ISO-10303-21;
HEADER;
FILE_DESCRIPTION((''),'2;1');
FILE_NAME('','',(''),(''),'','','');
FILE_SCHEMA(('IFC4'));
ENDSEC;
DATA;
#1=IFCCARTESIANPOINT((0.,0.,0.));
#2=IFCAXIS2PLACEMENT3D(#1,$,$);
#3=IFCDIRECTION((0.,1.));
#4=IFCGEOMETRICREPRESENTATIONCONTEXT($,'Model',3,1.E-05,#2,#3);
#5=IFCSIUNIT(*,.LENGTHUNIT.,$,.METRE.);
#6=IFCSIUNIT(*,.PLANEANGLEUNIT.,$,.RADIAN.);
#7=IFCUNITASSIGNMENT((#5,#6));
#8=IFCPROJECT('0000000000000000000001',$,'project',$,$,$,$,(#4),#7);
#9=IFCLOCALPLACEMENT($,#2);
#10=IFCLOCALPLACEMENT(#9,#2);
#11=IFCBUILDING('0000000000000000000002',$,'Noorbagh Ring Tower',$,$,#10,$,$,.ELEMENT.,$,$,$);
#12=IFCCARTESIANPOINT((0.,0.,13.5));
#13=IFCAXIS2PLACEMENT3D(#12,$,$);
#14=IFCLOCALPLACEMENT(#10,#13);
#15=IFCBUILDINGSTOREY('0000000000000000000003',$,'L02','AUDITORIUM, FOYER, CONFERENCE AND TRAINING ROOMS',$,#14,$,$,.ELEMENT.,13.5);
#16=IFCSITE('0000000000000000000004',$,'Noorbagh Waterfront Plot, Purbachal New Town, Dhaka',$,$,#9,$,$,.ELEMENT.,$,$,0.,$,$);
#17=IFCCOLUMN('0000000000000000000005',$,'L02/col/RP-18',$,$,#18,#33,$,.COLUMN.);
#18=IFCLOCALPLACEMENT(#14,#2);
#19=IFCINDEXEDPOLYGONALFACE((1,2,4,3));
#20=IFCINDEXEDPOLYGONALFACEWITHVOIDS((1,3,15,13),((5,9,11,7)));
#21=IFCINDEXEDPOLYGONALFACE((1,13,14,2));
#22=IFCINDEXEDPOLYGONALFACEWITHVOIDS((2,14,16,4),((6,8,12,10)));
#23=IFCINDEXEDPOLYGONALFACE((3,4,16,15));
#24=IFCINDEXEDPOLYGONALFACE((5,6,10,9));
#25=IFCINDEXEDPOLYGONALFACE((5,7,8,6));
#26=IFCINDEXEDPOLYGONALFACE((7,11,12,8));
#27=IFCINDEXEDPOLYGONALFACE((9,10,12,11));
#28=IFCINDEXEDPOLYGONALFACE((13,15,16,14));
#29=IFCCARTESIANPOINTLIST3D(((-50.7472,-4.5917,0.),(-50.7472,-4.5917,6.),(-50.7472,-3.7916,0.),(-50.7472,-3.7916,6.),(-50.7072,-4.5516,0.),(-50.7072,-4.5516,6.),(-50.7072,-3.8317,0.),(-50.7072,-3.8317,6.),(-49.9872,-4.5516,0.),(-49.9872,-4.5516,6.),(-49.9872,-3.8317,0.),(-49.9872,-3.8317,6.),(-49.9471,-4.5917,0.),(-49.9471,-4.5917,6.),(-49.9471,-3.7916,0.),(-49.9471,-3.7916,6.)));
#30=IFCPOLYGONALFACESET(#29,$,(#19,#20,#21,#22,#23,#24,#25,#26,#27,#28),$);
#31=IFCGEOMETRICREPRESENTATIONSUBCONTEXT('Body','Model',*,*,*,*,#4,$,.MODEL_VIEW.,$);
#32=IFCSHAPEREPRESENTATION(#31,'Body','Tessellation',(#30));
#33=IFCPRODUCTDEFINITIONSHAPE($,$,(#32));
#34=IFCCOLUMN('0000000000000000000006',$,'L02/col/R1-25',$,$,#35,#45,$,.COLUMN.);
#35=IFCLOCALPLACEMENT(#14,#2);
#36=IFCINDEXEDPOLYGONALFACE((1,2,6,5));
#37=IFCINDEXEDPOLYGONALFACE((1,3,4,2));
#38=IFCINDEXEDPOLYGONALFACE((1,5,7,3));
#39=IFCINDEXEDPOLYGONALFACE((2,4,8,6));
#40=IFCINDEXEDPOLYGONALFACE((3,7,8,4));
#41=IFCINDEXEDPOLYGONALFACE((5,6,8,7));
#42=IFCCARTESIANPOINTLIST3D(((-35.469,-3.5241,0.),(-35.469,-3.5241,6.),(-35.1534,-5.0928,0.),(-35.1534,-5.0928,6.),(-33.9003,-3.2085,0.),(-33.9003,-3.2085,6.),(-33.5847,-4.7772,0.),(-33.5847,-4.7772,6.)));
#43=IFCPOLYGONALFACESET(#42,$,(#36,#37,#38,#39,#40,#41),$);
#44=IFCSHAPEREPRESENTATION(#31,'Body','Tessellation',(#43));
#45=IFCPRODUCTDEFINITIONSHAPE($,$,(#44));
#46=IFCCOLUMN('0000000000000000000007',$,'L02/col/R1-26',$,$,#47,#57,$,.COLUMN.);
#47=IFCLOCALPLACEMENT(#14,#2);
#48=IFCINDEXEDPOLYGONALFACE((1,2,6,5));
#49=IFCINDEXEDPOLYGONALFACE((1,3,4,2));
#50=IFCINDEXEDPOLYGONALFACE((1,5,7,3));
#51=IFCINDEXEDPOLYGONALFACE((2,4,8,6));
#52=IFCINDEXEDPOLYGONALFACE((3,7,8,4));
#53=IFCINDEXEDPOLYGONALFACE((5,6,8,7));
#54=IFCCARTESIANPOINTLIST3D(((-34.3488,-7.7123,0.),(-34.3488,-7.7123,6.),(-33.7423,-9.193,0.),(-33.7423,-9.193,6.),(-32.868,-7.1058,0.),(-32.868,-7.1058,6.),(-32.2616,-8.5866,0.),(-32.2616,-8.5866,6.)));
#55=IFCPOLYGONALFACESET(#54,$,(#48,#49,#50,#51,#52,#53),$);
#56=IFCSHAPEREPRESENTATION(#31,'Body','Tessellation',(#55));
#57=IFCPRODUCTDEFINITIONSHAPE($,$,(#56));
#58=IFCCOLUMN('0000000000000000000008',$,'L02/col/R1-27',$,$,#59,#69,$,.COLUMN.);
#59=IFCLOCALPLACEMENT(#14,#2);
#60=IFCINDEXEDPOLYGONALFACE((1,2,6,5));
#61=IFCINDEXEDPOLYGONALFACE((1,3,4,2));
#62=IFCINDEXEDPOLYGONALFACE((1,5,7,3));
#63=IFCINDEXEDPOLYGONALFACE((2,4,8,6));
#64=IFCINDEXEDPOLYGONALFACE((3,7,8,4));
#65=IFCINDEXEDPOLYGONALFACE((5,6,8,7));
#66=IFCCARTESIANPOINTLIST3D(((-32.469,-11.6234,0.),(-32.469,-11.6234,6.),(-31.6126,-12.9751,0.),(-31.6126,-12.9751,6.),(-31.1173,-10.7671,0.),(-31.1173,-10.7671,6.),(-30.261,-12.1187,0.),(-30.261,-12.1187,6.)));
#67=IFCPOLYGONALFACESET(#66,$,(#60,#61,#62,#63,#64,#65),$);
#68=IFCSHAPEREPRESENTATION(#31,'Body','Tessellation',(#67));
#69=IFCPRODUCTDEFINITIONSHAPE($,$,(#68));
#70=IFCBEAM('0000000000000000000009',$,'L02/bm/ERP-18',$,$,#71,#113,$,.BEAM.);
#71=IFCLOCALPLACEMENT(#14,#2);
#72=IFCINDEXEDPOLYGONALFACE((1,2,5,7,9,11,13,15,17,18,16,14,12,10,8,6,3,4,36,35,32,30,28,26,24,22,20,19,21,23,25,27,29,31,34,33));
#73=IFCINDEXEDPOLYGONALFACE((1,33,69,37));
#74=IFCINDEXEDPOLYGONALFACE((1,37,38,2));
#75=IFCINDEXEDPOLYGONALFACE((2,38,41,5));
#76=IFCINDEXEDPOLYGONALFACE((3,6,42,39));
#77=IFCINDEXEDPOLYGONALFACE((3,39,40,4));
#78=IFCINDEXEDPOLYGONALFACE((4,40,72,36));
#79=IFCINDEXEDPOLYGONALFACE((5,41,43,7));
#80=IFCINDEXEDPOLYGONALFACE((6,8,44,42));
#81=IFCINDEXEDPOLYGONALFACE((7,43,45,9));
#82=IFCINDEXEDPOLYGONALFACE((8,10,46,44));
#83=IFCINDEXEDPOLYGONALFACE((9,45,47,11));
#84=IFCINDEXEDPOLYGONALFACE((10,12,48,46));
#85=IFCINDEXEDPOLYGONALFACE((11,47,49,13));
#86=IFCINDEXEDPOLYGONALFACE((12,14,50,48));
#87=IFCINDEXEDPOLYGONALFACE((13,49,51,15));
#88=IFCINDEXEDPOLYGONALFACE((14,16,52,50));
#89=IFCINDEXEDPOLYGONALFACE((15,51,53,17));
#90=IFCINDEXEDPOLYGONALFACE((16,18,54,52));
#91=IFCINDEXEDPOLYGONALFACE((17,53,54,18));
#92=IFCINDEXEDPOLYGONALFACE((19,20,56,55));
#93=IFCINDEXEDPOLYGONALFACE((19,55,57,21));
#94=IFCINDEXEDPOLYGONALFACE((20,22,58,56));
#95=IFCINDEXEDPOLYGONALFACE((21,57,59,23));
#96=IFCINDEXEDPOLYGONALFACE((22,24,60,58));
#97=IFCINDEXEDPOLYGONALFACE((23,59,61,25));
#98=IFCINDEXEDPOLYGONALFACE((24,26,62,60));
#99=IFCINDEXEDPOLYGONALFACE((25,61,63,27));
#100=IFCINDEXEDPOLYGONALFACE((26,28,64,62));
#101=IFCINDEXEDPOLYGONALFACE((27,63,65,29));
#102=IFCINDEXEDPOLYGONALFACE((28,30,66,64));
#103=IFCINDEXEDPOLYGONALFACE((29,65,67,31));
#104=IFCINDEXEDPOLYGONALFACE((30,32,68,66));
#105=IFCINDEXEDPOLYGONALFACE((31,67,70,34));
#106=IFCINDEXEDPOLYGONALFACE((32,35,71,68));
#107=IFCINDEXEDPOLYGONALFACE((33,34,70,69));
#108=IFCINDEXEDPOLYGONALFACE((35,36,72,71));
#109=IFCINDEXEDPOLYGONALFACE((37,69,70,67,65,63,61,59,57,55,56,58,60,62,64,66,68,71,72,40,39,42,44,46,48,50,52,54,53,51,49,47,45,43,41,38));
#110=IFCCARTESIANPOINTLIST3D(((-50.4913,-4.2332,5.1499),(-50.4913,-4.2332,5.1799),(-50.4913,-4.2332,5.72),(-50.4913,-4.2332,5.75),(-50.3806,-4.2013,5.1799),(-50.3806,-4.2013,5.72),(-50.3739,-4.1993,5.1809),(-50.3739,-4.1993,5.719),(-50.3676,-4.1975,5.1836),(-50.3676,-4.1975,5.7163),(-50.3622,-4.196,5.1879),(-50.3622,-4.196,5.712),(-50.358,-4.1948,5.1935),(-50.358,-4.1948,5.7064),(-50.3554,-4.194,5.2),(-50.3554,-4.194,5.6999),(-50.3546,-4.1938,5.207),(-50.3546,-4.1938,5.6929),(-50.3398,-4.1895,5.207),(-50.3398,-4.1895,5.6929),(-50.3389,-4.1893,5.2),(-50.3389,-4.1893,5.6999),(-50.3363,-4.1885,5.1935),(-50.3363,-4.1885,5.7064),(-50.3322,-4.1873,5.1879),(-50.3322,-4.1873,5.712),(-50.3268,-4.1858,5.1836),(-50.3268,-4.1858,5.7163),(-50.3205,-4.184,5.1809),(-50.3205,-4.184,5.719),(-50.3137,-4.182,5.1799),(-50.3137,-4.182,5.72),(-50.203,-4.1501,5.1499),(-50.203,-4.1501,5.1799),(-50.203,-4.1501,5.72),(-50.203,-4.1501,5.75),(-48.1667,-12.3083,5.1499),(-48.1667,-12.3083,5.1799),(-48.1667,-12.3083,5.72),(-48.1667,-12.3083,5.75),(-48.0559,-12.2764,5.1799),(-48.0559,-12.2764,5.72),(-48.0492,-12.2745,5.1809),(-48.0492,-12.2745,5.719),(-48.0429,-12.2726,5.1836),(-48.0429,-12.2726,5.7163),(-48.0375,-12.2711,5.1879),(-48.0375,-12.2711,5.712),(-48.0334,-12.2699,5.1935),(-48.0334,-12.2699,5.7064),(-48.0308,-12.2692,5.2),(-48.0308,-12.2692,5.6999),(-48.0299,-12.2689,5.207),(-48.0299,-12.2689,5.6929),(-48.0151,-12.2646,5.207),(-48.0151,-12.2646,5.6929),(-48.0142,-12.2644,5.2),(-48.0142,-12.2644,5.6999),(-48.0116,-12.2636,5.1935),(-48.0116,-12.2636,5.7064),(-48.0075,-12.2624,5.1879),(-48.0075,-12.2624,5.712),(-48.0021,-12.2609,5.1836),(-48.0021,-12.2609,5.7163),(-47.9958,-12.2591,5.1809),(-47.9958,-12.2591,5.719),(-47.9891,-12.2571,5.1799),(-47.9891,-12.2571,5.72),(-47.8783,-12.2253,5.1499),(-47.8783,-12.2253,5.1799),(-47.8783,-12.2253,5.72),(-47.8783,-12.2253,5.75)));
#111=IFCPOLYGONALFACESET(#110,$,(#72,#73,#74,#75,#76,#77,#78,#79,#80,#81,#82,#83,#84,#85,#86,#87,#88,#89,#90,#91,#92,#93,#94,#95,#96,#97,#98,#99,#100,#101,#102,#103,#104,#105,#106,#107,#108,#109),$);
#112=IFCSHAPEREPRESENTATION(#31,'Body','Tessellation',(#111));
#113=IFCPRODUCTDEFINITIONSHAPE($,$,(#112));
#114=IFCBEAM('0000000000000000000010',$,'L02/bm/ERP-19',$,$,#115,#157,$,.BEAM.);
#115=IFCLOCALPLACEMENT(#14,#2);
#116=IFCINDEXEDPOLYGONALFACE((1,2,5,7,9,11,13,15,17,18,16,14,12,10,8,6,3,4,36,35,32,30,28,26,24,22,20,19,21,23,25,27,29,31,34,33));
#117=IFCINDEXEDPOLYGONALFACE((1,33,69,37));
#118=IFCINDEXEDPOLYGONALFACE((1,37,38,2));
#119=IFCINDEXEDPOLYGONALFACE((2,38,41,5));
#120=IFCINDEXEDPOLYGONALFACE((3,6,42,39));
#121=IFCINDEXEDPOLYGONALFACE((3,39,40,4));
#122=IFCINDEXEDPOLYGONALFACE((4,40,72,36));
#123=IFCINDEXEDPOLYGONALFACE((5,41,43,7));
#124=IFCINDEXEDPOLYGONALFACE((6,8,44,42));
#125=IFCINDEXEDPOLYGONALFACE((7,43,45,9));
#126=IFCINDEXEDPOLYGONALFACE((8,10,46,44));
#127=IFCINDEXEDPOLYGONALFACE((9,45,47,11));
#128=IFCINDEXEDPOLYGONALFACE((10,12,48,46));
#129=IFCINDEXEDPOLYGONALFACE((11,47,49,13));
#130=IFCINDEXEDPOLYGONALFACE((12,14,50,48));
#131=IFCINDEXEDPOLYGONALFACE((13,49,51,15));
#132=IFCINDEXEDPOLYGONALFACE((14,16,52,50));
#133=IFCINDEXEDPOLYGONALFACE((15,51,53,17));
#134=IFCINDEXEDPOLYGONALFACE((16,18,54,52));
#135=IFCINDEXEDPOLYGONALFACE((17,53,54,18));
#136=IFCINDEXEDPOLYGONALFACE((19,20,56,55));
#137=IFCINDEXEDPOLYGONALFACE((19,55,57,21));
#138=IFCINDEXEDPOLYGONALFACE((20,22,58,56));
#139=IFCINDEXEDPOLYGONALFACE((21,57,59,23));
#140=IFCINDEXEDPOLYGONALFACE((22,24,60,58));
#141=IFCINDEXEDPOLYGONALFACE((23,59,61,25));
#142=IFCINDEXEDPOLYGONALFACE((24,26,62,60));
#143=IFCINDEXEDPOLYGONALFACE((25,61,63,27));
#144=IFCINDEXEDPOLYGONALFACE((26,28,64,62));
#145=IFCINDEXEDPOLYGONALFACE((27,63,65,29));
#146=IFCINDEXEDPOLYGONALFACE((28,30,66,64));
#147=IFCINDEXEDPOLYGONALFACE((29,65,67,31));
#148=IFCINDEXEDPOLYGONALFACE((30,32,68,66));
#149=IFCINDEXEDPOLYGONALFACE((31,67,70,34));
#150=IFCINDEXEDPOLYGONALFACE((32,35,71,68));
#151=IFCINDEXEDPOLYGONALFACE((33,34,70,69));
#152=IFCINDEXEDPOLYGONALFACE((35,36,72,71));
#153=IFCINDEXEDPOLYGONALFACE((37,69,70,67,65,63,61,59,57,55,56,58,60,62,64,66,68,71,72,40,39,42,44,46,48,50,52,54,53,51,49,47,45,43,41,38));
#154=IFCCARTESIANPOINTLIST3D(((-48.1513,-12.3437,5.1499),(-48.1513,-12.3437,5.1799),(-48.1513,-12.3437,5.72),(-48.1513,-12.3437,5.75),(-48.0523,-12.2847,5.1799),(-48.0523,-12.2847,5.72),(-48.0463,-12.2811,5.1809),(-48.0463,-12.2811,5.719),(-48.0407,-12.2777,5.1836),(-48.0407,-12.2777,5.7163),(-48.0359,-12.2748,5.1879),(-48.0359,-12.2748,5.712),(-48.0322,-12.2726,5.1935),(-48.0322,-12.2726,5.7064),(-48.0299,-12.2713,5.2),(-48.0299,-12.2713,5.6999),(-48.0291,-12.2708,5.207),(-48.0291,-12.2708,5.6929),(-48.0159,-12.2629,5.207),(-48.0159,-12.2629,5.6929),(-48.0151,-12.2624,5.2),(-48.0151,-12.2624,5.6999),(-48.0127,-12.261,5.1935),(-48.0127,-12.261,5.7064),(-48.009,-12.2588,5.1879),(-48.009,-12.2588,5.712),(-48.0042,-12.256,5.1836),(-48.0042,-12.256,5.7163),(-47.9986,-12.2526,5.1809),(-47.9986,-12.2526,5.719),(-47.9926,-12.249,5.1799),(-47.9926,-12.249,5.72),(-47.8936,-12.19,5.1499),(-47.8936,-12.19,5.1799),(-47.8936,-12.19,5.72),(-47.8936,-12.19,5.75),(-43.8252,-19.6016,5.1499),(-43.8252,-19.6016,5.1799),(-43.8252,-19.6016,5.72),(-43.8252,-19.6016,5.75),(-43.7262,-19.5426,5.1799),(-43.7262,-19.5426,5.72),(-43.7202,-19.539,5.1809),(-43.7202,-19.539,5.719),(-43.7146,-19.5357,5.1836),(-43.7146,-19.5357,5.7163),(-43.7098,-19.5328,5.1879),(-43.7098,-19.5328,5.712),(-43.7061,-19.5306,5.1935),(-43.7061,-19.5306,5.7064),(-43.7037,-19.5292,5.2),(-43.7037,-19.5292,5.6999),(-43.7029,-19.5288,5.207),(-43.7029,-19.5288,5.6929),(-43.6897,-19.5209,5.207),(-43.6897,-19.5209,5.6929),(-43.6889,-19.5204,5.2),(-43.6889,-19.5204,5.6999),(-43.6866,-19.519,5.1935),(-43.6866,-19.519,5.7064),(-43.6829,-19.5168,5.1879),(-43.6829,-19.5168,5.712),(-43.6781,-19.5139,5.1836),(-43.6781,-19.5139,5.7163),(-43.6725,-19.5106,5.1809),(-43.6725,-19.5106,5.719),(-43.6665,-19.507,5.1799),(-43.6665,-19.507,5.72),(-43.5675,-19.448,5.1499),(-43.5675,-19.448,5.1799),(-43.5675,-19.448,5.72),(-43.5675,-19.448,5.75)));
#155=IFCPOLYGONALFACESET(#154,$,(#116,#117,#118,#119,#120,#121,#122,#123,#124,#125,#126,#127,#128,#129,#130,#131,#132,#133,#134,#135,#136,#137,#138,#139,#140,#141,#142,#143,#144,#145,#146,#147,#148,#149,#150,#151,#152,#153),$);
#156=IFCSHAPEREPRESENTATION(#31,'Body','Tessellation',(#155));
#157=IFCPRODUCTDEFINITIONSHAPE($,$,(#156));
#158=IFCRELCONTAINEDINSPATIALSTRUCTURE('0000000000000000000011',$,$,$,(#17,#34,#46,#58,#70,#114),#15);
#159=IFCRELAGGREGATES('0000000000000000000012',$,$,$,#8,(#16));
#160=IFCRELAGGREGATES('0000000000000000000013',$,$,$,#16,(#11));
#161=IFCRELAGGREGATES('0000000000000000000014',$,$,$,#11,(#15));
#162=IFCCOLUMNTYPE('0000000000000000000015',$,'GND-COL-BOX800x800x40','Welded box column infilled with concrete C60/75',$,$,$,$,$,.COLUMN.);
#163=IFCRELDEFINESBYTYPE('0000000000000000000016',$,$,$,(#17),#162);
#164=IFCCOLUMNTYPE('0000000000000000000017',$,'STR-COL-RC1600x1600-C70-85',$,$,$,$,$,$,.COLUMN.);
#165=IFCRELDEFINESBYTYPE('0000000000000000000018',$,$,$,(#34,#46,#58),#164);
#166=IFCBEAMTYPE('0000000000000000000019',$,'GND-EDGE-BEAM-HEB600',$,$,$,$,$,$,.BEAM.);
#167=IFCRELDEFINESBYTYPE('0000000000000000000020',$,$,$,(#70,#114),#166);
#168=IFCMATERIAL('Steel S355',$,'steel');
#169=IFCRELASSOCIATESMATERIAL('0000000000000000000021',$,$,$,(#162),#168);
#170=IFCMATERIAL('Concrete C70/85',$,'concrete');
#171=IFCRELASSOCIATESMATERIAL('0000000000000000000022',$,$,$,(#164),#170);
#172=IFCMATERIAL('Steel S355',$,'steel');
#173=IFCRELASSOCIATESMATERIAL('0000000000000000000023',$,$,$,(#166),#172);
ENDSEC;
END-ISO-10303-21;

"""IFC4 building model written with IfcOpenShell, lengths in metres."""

from ifc_helpers import new_model, si_unit, direction, frame, origin, origin_2d, place, context, subcontext, project, spatial, rectangle, hollow_rectangle, i_section, extrude, material, material_profile, profile_set, type_object, element, save


model = new_model("IFC4")

# Units and contexts
model_context = context("Model", 3, precision=1e-05, world=origin(), true_north=direction((0.0, 1.0)))
body_context = subcontext(model_context, "Body", "Model", "MODEL_VIEW")
ifc_project = project(units=[si_unit("LENGTHUNIT", "METRE"), si_unit("PLANEANGLEUNIT", "RADIAN")], contexts=[model_context])

# Site, building, storey
site_placement = place(None, origin())
site = spatial("IfcSite", under=ifc_project, at=site_placement, Name="Noorbagh Waterfront Plot, Purbachal New Town, Dhaka", CompositionType="ELEMENT", RefElevation=0.0)
building_placement = place(site_placement, origin())
building = spatial("IfcBuilding", under=site, at=building_placement, Name="Noorbagh Ring Tower", CompositionType="ELEMENT")
storey_placement = place(building_placement, frame((0.0, 0.0, 13.5)))
storey = spatial("IfcBuildingStorey", under=building, at=storey_placement, Name="L02", Description="AUDITORIUM, FOYER, CONFERENCE AND TRAINING ROOMS", CompositionType="ELEMENT", Elevation=13.5)

# Columns
ifc_material_1 = material(Name="Steel S355", Category="steel")
ifc_material_profile_1 = material_profile(ifc_material_1, hollow_rectangle(XDim=0.8, YDim=0.8, WallThickness=0.04, at=origin_2d()), Name="BOX800x800x40")
ifc_profile_set_1 = profile_set([ifc_material_profile_1], Name="Steel S355")
column_type_1 = type_object("IfcColumnType", Name="GND-COL-BOX800x800x40", Description="Welded box column infilled with concrete C60/75", PredefinedType="COLUMN", material=ifc_profile_set_1)
column_placement = place(storey_placement, frame((-50.3472, -4.1917, 0.0), z_axis=(0.0, 0.0, 1.0), x_axis=(1.0, 0.0, 0.0)))
element("IfcColumn", 1, at=column_placement, inside=storey, type_object=column_type_1, Name="L02/col/RP-18", PredefinedType="COLUMN", context=body_context, shape_type="SweptSolid", body=[
    extrude(hollow_rectangle(XDim=0.8, YDim=0.8, WallThickness=0.04, at=origin_2d()), origin(), (0.0, 0.0, 1.0), 6.0),
])
ifc_material_2 = material(Name="Concrete C70/85", Category="concrete")
ifc_material_profile_2 = material_profile(ifc_material_2, rectangle(XDim=1.6001, YDim=1.6001, at=origin_2d()), Name="RC1600x1600")
ifc_profile_set_2 = profile_set([ifc_material_profile_2], Name="Concrete C70/85")
column_type_2 = type_object("IfcColumnType", Name="STR-COL-RC1600x1600-C70-85", PredefinedType="COLUMN", material=ifc_profile_set_2)
for number, where, z_axis, x_axis, name in (
    (2, (-34.5269, -4.1506, 0.0), (0.0, 0.0, 1.0), (0.19723, -0.980357, 0.0), "L02/col/R1-25"),
    (3, (-33.3052, -8.1494, 0.0), (0.0, 0.0, 1.0), (0.378989, -0.925401, 0.0), "L02/col/R1-26"),
    (4, (-31.365, -11.8711, 0.0), (0.0, 0.0, 1.0), (0.53519, -0.844731, 0.0), "L02/col/R1-27"),
):
    element("IfcColumn", number, at=place(storey_placement, frame(where, z_axis=z_axis, x_axis=x_axis)), inside=storey, type_object=column_type_2, Name=name, PredefinedType="COLUMN", context=body_context, shape_type="SweptSolid", body=[
        extrude(rectangle(XDim=1.6001, YDim=1.6001, at=origin_2d()), origin(), (0.0, 0.0, 1.0), 6.0),
    ])

# Beams
ifc_material_3 = material(Name="Steel S355", Category="steel")
ifc_material_profile_3 = material_profile(ifc_material_3, i_section(OverallWidth=0.3, OverallDepth=0.6001, WebThickness=0.0154, FlangeThickness=0.03, FilletRadius=0.0271, at=origin_2d()), Name="HEB600")
ifc_profile_set_3 = profile_set([ifc_material_profile_3], Name="Steel S355")
beam_type_1 = type_object("IfcBeamType", Name="GND-EDGE-BEAM-HEB600", PredefinedType="BEAM", material=ifc_profile_set_3)
beam_1_placement = place(storey_placement, frame((-50.3472, -4.1917, 5.45), z_axis=(0.276647, -0.960972, 0.0), x_axis=(0.960972, 0.276647, 0.0)))
element("IfcBeam", 5, at=beam_1_placement, inside=storey, type_object=beam_type_1, Name="L02/bm/ERP-18", PredefinedType="BEAM", context=body_context, shape_type="SweptSolid", body=[
    extrude(i_section(OverallWidth=0.3, OverallDepth=0.6001, WebThickness=0.0154, FlangeThickness=0.03, FilletRadius=0.0271, at=origin_2d()), origin(), (0.0, 0.0, 1.0), 8.4031),
])
beam_2_placement = place(storey_placement, frame((-48.0225, -12.2668, 5.45), z_axis=(0.511999, -0.858986, 0.0), x_axis=(0.858986, 0.511999, 0.0)))
element("IfcBeam", 6, at=beam_2_placement, inside=storey, type_object=beam_type_1, Name="L02/bm/ERP-19", PredefinedType="BEAM", context=body_context, shape_type="SweptSolid", body=[
    extrude(i_section(OverallWidth=0.3, OverallDepth=0.6001, WebThickness=0.0154, FlangeThickness=0.03, FilletRadius=0.0271, at=origin_2d()), origin(), (0.0, 0.0, 1.0), 8.4495),
])

save(model, "model.ifc")
